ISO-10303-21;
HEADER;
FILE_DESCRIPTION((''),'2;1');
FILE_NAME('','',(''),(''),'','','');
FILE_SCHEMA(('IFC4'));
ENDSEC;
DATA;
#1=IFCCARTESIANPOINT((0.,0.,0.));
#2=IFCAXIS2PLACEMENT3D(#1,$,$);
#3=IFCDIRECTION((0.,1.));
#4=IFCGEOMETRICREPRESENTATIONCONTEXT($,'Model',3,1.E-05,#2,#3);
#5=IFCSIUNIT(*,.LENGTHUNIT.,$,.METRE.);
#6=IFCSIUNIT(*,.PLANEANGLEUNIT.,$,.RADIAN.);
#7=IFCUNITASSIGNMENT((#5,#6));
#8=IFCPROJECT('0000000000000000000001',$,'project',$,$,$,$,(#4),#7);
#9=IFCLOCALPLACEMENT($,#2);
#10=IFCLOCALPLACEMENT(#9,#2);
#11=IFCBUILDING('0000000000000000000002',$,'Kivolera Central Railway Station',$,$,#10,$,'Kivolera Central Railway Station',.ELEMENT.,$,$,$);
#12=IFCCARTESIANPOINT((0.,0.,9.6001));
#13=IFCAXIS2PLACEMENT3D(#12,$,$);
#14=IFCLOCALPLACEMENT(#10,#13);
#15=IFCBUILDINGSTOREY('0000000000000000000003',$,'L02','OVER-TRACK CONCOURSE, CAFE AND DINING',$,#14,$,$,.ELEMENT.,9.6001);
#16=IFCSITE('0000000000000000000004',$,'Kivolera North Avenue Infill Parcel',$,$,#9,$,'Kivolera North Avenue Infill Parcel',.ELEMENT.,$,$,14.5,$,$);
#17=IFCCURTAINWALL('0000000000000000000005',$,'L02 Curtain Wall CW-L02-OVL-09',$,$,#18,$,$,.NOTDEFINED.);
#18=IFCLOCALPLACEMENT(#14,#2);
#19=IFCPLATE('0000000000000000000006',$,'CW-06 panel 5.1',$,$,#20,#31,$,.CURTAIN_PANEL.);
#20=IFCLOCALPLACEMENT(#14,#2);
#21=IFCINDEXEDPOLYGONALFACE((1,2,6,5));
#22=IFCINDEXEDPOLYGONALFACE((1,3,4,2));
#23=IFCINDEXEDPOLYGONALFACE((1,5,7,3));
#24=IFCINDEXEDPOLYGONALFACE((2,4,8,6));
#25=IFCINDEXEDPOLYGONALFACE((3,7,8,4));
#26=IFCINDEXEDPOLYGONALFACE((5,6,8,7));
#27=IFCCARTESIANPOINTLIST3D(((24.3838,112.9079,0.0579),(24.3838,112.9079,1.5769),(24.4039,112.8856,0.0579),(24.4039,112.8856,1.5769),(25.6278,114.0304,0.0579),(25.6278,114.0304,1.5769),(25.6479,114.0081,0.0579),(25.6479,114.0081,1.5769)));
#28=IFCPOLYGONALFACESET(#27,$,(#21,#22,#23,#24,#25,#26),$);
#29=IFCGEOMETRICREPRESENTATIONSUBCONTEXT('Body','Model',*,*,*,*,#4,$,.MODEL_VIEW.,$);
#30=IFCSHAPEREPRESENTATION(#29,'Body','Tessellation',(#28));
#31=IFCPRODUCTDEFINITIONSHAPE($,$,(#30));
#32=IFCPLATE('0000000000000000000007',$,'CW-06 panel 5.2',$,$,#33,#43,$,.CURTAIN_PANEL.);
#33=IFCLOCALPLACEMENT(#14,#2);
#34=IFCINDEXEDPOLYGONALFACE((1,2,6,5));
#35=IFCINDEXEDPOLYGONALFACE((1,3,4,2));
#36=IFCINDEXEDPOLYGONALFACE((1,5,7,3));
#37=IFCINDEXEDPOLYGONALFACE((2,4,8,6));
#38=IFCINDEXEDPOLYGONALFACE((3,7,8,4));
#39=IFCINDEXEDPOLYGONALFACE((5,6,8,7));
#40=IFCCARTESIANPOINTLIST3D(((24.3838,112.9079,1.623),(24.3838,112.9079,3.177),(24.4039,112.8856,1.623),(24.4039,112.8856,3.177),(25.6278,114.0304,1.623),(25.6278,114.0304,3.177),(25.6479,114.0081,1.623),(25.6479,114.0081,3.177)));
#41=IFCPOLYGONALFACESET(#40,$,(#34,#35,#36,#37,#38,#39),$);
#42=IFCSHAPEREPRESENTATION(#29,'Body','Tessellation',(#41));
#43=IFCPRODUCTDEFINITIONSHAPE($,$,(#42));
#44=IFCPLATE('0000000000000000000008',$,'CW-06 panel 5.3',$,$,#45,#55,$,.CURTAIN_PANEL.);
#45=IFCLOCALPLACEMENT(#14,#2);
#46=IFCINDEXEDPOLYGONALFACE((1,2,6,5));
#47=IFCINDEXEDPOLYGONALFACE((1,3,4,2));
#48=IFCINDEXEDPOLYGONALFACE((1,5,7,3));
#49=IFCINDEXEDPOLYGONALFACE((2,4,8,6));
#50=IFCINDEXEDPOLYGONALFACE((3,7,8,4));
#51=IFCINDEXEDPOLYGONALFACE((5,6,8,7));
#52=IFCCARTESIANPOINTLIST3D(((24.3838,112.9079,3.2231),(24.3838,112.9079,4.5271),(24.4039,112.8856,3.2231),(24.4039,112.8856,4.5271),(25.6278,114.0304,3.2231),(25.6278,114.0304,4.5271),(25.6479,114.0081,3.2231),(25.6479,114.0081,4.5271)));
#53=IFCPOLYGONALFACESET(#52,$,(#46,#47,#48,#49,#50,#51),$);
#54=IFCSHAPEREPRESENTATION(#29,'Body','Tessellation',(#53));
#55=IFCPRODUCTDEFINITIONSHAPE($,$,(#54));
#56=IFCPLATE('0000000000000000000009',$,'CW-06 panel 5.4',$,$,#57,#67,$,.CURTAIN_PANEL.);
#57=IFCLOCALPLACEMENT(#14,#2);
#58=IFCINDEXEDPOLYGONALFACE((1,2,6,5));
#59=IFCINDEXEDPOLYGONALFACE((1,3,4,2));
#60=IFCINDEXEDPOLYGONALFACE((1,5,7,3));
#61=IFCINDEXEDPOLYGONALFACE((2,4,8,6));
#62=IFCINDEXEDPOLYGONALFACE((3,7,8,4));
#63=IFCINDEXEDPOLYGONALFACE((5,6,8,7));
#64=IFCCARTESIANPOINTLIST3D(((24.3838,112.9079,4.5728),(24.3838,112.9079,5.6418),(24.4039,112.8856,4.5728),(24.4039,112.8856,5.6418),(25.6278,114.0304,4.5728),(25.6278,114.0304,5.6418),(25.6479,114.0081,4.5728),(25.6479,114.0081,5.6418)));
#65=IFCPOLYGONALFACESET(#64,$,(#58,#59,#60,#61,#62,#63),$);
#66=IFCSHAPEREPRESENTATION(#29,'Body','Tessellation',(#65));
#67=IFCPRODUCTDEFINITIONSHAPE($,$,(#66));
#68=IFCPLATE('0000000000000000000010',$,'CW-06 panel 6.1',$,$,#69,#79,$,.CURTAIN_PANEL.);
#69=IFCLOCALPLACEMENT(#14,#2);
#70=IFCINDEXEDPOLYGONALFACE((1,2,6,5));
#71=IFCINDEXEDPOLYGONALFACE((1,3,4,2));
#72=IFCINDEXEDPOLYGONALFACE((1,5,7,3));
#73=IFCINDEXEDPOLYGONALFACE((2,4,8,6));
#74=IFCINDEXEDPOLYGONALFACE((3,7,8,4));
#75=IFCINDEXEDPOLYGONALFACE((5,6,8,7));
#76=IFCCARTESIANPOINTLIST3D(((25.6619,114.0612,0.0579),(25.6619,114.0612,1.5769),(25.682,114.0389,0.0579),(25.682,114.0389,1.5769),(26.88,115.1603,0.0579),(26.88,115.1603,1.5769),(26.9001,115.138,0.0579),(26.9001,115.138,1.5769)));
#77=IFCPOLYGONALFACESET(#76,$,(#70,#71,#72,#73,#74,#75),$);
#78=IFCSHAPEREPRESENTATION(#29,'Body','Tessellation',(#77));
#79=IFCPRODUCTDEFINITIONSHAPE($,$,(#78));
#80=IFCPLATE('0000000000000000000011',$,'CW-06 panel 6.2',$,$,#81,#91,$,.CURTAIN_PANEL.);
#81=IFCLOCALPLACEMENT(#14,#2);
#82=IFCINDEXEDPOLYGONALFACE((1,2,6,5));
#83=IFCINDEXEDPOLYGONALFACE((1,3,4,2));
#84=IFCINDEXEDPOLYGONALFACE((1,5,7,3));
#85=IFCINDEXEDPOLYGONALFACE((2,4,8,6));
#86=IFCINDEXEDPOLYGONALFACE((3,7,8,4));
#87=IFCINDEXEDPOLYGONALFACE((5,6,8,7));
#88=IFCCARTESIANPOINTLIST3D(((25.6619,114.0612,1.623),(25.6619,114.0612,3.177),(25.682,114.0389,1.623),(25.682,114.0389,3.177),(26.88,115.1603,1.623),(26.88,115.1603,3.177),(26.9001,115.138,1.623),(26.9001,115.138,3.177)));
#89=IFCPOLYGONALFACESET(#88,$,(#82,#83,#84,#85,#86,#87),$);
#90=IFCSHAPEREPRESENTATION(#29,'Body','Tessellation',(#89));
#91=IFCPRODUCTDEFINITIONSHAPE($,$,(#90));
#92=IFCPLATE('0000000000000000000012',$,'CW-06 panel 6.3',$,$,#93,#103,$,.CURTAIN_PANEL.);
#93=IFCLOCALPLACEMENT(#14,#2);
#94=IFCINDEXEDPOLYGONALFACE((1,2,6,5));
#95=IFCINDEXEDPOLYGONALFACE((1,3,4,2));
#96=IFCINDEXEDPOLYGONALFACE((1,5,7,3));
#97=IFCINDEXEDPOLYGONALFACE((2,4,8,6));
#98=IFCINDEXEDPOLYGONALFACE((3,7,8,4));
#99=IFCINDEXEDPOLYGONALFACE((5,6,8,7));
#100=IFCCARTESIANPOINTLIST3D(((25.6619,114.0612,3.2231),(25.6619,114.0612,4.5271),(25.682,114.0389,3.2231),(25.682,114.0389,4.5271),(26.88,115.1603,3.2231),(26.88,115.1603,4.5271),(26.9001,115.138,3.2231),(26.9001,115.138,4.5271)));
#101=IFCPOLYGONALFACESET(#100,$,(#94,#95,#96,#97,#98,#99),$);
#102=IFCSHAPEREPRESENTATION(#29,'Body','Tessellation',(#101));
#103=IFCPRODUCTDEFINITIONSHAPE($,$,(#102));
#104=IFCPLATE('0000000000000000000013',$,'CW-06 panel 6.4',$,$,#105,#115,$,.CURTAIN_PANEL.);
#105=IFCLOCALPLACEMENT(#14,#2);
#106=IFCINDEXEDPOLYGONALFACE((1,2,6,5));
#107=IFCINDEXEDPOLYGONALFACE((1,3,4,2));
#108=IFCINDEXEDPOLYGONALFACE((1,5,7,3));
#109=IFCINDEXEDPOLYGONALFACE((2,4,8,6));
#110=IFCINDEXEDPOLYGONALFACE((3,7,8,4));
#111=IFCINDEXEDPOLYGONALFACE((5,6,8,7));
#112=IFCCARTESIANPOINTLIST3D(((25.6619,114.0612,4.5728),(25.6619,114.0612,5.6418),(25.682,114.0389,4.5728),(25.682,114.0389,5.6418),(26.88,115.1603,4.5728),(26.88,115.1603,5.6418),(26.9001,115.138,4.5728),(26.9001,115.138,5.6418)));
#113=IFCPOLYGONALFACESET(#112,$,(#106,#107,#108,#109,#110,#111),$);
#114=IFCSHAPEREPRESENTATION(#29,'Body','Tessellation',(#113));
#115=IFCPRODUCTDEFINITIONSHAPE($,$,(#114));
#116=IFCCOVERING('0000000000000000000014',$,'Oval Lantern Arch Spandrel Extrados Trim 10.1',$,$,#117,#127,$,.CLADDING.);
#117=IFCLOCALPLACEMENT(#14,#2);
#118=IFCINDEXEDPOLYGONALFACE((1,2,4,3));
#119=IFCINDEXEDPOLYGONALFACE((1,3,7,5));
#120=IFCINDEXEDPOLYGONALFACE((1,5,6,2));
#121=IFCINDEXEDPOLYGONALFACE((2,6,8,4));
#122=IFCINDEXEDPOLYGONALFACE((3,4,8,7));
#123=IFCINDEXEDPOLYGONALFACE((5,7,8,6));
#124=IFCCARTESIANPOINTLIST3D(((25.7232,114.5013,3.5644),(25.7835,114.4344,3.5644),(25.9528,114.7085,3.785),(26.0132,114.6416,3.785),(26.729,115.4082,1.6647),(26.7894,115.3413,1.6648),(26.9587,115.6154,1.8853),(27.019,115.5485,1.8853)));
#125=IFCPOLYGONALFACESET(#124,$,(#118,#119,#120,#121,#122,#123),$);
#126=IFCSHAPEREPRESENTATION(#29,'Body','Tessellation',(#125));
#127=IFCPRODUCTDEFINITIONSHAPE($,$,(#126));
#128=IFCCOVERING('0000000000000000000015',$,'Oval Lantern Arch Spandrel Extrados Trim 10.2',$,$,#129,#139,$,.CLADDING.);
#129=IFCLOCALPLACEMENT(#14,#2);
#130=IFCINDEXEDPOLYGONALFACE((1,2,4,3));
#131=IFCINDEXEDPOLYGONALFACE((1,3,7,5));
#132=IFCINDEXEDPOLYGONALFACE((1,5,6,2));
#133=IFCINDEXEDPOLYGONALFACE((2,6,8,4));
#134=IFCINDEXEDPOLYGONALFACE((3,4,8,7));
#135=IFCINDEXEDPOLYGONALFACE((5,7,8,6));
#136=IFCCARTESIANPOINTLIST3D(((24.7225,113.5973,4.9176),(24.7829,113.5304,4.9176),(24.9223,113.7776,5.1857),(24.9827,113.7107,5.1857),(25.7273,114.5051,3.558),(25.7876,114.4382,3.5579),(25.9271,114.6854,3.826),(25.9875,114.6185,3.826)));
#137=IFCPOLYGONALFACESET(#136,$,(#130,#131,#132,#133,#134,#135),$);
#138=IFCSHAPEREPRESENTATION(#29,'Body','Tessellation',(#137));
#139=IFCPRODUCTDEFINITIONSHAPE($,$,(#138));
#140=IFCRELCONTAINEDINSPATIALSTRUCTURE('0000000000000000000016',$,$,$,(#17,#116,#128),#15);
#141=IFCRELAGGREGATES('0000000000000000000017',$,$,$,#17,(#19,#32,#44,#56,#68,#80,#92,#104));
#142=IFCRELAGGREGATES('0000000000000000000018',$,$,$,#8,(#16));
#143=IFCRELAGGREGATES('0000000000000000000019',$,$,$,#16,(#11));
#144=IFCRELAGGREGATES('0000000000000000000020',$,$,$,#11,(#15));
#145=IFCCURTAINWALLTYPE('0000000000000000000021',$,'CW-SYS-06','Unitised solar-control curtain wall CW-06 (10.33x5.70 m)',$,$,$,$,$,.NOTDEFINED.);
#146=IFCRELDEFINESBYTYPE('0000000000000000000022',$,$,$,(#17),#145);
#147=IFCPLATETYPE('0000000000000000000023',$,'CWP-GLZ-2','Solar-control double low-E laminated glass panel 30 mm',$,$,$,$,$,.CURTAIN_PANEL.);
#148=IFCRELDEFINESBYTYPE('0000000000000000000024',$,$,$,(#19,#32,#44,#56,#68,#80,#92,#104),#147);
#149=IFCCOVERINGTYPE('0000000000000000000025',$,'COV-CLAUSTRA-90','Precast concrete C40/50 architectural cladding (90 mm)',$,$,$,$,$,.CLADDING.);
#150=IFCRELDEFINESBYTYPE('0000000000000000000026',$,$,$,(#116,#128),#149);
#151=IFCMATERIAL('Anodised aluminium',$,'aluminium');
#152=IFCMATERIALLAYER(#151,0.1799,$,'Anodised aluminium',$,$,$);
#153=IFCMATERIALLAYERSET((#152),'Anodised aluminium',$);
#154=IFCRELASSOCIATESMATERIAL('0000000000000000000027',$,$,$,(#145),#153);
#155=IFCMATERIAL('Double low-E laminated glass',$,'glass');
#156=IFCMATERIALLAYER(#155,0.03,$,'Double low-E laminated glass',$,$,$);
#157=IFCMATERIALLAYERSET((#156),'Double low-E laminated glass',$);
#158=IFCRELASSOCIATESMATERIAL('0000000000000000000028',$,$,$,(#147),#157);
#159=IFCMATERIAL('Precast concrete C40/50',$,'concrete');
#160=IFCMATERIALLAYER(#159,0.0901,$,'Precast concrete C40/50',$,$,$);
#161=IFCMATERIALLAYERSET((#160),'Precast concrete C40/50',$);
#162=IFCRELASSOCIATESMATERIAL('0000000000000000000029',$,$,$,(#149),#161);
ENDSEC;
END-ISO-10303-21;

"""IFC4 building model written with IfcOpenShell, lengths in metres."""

from ifc_helpers import new_model, si_unit, direction, frame, origin, origin_2d, place, context, subcontext, project, spatial, rectangle, extrude, material, layer, layer_set, type_object, element, aggregate, save


model = new_model("IFC4")

# Units and contexts
model_context = context("Model", 3, precision=1e-05, world=origin(), true_north=direction((0.0, 1.0)))
body_context = subcontext(model_context, "Body", "Model", "MODEL_VIEW")
ifc_project = project(units=[si_unit("LENGTHUNIT", "METRE"), si_unit("PLANEANGLEUNIT", "RADIAN")], contexts=[model_context])

# Site, building, storey
site_placement = place(None, origin())
site = spatial("IfcSite", under=ifc_project, at=site_placement, Name="Kivolera North Avenue Infill Parcel", LongName="Kivolera North Avenue Infill Parcel", CompositionType="ELEMENT", RefElevation=14.5)
building_placement = place(site_placement, origin())
building = spatial("IfcBuilding", under=site, at=building_placement, Name="Kivolera Central Railway Station", LongName="Kivolera Central Railway Station", CompositionType="ELEMENT")
storey_placement = place(building_placement, frame((0.0, 0.0, 9.6001)))
storey = spatial("IfcBuildingStorey", under=building, at=storey_placement, Name="L02", Description="OVER-TRACK CONCOURSE, CAFE AND DINING", CompositionType="ELEMENT", Elevation=9.6001)

# Curtain wall, plates
ifc_material_1 = material(Name="Anodised aluminium", Category="aluminium")
ifc_layer_1 = layer(ifc_material_1, 0.1799, Name="Anodised aluminium")
ifc_layer_set_1 = layer_set([ifc_layer_1], Name="Anodised aluminium")
curtain_wall_type = type_object("IfcCurtainWallType", Name="CW-SYS-06", Description="Unitised solar-control curtain wall CW-06 (10.33x5.70 m)", PredefinedType="NOTDEFINED", material=ifc_layer_set_1)
curtain_wall_placement = place(storey_placement, origin())
curtain_wall = element("IfcCurtainWall", 1, at=curtain_wall_placement, inside=storey, type_object=curtain_wall_type, Name="L02 Curtain Wall CW-L02-OVL-09", PredefinedType="NOTDEFINED")
ifc_material_2 = material(Name="Double low-E laminated glass", Category="glass")
ifc_layer_2 = layer(ifc_material_2, 0.03, Name="Double low-E laminated glass")
ifc_layer_set_2 = layer_set([ifc_layer_2], Name="Double low-E laminated glass")
plate_type = type_object("IfcPlateType", Name="CWP-GLZ-2", Description="Solar-control double low-E laminated glass panel 30 mm", PredefinedType="CURTAIN_PANEL", material=ifc_layer_set_2)
plate_1_placement = place(storey_placement, frame((25.0159, 113.458, 0.0579), z_axis=(0.0, 0.0, 1.0), x_axis=(0.742432, 0.669922, 0.0)))
plate_1 = element("IfcPlate", 2, at=plate_1_placement, type_object=plate_type, Name="CW-06 panel 5.1", PredefinedType="CURTAIN_PANEL", context=body_context, shape_type="SweptSolid", body=[
    extrude(rectangle(XDim=1.6755, YDim=0.03, at=origin_2d()), origin(), (0.0, 0.0, 1.0), 1.519),
])
plate_2_placement = place(storey_placement, frame((25.0159, 113.458, 1.623), z_axis=(0.0, 0.0, 1.0), x_axis=(0.742432, 0.669922, 0.0)))
plate_2 = element("IfcPlate", 3, at=plate_2_placement, type_object=plate_type, Name="CW-06 panel 5.2", PredefinedType="CURTAIN_PANEL", context=body_context, shape_type="SweptSolid", body=[
    extrude(rectangle(XDim=1.6755, YDim=0.03, at=origin_2d()), origin(), (0.0, 0.0, 1.0), 1.554),
])
plate_3_placement = place(storey_placement, frame((25.0159, 113.458, 3.2231), z_axis=(0.0, 0.0, 1.0), x_axis=(0.742432, 0.669922, 0.0)))
plate_3 = element("IfcPlate", 4, at=plate_3_placement, type_object=plate_type, Name="CW-06 panel 5.3", PredefinedType="CURTAIN_PANEL", context=body_context, shape_type="SweptSolid", body=[
    extrude(rectangle(XDim=1.6755, YDim=0.03, at=origin_2d()), origin(), (0.0, 0.0, 1.0), 1.304),
])
plate_4_placement = place(storey_placement, frame((25.0159, 113.458, 4.5728), z_axis=(0.0, 0.0, 1.0), x_axis=(0.742432, 0.669922, 0.0)))
plate_4 = element("IfcPlate", 5, at=plate_4_placement, type_object=plate_type, Name="CW-06 panel 5.4", PredefinedType="CURTAIN_PANEL", context=body_context, shape_type="SweptSolid", body=[
    extrude(rectangle(XDim=1.6755, YDim=0.03, at=origin_2d()), origin(), (0.0, 0.0, 1.0), 1.0691),
])
plate_5_placement = place(storey_placement, frame((26.281, 114.5996, 0.0579), z_axis=(0.0, 0.0, 1.0), x_axis=(0.742432, 0.669922, 0.0)))
plate_5 = element("IfcPlate", 6, at=plate_5_placement, type_object=plate_type, Name="CW-06 panel 6.1", PredefinedType="CURTAIN_PANEL", context=body_context, shape_type="SweptSolid", body=[
    extrude(rectangle(XDim=1.6406, YDim=0.03, at=origin_2d()), origin(), (0.0, 0.0, 1.0), 1.519),
])
plate_6_placement = place(storey_placement, frame((26.281, 114.5996, 1.623), z_axis=(0.0, 0.0, 1.0), x_axis=(0.742432, 0.669922, 0.0)))
plate_6 = element("IfcPlate", 7, at=plate_6_placement, type_object=plate_type, Name="CW-06 panel 6.2", PredefinedType="CURTAIN_PANEL", context=body_context, shape_type="SweptSolid", body=[
    extrude(rectangle(XDim=1.6406, YDim=0.03, at=origin_2d()), origin(), (0.0, 0.0, 1.0), 1.554),
])
plate_7_placement = place(storey_placement, frame((26.281, 114.5996, 3.2231), z_axis=(0.0, 0.0, 1.0), x_axis=(0.742432, 0.669922, 0.0)))
plate_7 = element("IfcPlate", 8, at=plate_7_placement, type_object=plate_type, Name="CW-06 panel 6.3", PredefinedType="CURTAIN_PANEL", context=body_context, shape_type="SweptSolid", body=[
    extrude(rectangle(XDim=1.6406, YDim=0.03, at=origin_2d()), origin(), (0.0, 0.0, 1.0), 1.304),
])
plate_8_placement = place(storey_placement, frame((26.281, 114.5996, 4.5728), z_axis=(0.0, 0.0, 1.0), x_axis=(0.742432, 0.669922, 0.0)))
plate_8 = element("IfcPlate", 9, at=plate_8_placement, type_object=plate_type, Name="CW-06 panel 6.4", PredefinedType="CURTAIN_PANEL", context=body_context, shape_type="SweptSolid", body=[
    extrude(rectangle(XDim=1.6406, YDim=0.03, at=origin_2d()), origin(), (0.0, 0.0, 1.0), 1.0691),
])
aggregate(curtain_wall, [plate_1, plate_2, plate_3, plate_4, plate_5, plate_6, plate_7, plate_8])

# Coverings
ifc_material_3 = material(Name="Precast concrete C40/50", Category="concrete")
ifc_layer_3 = layer(ifc_material_3, 0.0901, Name="Precast concrete C40/50")
ifc_layer_set_3 = layer_set([ifc_layer_3], Name="Precast concrete C40/50")
covering_type = type_object("IfcCoveringType", Name="COV-CLAUSTRA-90", Description="Precast concrete C40/50 architectural cladding (90 mm)", PredefinedType="CLADDING", material=ifc_layer_set_3)
covering_1_placement = place(storey_placement, frame((26.3711, 115.0249, 2.7249), z_axis=(-0.431133, -0.388706, 0.814268), x_axis=(-0.669922, 0.742431, 0.0)))
element("IfcCovering", 10, at=covering_1_placement, inside=storey, type_object=covering_type, Name="Oval Lantern Arch Spandrel Extrados Trim 10.1", PredefinedType="CLADDING", context=body_context, shape_type="SweptSolid", body=[
    extrude(rectangle(XDim=0.0901, YDim=0.3799, at=origin_2d()), frame((0.0, 0.0, -1.1665)), (0.0, 0.0, 1.0), 2.333),
])
covering_2_placement = place(storey_placement, frame((25.355, 114.1079, 4.3718), z_axis=(-0.523602, -0.473065, 0.708555), x_axis=(-0.669922, 0.742431, 0.0)))
element("IfcCovering", 11, at=covering_2_placement, inside=storey, type_object=covering_type, Name="Oval Lantern Arch Spandrel Extrados Trim 10.2", PredefinedType="CLADDING", context=body_context, shape_type="SweptSolid", body=[
    extrude(rectangle(XDim=0.0901, YDim=0.3799, at=origin_2d()), frame((0.0, 0.0, -0.9595)), (0.0, 0.0, 1.0), 1.9189),
])

save(model, "model.ifc")
